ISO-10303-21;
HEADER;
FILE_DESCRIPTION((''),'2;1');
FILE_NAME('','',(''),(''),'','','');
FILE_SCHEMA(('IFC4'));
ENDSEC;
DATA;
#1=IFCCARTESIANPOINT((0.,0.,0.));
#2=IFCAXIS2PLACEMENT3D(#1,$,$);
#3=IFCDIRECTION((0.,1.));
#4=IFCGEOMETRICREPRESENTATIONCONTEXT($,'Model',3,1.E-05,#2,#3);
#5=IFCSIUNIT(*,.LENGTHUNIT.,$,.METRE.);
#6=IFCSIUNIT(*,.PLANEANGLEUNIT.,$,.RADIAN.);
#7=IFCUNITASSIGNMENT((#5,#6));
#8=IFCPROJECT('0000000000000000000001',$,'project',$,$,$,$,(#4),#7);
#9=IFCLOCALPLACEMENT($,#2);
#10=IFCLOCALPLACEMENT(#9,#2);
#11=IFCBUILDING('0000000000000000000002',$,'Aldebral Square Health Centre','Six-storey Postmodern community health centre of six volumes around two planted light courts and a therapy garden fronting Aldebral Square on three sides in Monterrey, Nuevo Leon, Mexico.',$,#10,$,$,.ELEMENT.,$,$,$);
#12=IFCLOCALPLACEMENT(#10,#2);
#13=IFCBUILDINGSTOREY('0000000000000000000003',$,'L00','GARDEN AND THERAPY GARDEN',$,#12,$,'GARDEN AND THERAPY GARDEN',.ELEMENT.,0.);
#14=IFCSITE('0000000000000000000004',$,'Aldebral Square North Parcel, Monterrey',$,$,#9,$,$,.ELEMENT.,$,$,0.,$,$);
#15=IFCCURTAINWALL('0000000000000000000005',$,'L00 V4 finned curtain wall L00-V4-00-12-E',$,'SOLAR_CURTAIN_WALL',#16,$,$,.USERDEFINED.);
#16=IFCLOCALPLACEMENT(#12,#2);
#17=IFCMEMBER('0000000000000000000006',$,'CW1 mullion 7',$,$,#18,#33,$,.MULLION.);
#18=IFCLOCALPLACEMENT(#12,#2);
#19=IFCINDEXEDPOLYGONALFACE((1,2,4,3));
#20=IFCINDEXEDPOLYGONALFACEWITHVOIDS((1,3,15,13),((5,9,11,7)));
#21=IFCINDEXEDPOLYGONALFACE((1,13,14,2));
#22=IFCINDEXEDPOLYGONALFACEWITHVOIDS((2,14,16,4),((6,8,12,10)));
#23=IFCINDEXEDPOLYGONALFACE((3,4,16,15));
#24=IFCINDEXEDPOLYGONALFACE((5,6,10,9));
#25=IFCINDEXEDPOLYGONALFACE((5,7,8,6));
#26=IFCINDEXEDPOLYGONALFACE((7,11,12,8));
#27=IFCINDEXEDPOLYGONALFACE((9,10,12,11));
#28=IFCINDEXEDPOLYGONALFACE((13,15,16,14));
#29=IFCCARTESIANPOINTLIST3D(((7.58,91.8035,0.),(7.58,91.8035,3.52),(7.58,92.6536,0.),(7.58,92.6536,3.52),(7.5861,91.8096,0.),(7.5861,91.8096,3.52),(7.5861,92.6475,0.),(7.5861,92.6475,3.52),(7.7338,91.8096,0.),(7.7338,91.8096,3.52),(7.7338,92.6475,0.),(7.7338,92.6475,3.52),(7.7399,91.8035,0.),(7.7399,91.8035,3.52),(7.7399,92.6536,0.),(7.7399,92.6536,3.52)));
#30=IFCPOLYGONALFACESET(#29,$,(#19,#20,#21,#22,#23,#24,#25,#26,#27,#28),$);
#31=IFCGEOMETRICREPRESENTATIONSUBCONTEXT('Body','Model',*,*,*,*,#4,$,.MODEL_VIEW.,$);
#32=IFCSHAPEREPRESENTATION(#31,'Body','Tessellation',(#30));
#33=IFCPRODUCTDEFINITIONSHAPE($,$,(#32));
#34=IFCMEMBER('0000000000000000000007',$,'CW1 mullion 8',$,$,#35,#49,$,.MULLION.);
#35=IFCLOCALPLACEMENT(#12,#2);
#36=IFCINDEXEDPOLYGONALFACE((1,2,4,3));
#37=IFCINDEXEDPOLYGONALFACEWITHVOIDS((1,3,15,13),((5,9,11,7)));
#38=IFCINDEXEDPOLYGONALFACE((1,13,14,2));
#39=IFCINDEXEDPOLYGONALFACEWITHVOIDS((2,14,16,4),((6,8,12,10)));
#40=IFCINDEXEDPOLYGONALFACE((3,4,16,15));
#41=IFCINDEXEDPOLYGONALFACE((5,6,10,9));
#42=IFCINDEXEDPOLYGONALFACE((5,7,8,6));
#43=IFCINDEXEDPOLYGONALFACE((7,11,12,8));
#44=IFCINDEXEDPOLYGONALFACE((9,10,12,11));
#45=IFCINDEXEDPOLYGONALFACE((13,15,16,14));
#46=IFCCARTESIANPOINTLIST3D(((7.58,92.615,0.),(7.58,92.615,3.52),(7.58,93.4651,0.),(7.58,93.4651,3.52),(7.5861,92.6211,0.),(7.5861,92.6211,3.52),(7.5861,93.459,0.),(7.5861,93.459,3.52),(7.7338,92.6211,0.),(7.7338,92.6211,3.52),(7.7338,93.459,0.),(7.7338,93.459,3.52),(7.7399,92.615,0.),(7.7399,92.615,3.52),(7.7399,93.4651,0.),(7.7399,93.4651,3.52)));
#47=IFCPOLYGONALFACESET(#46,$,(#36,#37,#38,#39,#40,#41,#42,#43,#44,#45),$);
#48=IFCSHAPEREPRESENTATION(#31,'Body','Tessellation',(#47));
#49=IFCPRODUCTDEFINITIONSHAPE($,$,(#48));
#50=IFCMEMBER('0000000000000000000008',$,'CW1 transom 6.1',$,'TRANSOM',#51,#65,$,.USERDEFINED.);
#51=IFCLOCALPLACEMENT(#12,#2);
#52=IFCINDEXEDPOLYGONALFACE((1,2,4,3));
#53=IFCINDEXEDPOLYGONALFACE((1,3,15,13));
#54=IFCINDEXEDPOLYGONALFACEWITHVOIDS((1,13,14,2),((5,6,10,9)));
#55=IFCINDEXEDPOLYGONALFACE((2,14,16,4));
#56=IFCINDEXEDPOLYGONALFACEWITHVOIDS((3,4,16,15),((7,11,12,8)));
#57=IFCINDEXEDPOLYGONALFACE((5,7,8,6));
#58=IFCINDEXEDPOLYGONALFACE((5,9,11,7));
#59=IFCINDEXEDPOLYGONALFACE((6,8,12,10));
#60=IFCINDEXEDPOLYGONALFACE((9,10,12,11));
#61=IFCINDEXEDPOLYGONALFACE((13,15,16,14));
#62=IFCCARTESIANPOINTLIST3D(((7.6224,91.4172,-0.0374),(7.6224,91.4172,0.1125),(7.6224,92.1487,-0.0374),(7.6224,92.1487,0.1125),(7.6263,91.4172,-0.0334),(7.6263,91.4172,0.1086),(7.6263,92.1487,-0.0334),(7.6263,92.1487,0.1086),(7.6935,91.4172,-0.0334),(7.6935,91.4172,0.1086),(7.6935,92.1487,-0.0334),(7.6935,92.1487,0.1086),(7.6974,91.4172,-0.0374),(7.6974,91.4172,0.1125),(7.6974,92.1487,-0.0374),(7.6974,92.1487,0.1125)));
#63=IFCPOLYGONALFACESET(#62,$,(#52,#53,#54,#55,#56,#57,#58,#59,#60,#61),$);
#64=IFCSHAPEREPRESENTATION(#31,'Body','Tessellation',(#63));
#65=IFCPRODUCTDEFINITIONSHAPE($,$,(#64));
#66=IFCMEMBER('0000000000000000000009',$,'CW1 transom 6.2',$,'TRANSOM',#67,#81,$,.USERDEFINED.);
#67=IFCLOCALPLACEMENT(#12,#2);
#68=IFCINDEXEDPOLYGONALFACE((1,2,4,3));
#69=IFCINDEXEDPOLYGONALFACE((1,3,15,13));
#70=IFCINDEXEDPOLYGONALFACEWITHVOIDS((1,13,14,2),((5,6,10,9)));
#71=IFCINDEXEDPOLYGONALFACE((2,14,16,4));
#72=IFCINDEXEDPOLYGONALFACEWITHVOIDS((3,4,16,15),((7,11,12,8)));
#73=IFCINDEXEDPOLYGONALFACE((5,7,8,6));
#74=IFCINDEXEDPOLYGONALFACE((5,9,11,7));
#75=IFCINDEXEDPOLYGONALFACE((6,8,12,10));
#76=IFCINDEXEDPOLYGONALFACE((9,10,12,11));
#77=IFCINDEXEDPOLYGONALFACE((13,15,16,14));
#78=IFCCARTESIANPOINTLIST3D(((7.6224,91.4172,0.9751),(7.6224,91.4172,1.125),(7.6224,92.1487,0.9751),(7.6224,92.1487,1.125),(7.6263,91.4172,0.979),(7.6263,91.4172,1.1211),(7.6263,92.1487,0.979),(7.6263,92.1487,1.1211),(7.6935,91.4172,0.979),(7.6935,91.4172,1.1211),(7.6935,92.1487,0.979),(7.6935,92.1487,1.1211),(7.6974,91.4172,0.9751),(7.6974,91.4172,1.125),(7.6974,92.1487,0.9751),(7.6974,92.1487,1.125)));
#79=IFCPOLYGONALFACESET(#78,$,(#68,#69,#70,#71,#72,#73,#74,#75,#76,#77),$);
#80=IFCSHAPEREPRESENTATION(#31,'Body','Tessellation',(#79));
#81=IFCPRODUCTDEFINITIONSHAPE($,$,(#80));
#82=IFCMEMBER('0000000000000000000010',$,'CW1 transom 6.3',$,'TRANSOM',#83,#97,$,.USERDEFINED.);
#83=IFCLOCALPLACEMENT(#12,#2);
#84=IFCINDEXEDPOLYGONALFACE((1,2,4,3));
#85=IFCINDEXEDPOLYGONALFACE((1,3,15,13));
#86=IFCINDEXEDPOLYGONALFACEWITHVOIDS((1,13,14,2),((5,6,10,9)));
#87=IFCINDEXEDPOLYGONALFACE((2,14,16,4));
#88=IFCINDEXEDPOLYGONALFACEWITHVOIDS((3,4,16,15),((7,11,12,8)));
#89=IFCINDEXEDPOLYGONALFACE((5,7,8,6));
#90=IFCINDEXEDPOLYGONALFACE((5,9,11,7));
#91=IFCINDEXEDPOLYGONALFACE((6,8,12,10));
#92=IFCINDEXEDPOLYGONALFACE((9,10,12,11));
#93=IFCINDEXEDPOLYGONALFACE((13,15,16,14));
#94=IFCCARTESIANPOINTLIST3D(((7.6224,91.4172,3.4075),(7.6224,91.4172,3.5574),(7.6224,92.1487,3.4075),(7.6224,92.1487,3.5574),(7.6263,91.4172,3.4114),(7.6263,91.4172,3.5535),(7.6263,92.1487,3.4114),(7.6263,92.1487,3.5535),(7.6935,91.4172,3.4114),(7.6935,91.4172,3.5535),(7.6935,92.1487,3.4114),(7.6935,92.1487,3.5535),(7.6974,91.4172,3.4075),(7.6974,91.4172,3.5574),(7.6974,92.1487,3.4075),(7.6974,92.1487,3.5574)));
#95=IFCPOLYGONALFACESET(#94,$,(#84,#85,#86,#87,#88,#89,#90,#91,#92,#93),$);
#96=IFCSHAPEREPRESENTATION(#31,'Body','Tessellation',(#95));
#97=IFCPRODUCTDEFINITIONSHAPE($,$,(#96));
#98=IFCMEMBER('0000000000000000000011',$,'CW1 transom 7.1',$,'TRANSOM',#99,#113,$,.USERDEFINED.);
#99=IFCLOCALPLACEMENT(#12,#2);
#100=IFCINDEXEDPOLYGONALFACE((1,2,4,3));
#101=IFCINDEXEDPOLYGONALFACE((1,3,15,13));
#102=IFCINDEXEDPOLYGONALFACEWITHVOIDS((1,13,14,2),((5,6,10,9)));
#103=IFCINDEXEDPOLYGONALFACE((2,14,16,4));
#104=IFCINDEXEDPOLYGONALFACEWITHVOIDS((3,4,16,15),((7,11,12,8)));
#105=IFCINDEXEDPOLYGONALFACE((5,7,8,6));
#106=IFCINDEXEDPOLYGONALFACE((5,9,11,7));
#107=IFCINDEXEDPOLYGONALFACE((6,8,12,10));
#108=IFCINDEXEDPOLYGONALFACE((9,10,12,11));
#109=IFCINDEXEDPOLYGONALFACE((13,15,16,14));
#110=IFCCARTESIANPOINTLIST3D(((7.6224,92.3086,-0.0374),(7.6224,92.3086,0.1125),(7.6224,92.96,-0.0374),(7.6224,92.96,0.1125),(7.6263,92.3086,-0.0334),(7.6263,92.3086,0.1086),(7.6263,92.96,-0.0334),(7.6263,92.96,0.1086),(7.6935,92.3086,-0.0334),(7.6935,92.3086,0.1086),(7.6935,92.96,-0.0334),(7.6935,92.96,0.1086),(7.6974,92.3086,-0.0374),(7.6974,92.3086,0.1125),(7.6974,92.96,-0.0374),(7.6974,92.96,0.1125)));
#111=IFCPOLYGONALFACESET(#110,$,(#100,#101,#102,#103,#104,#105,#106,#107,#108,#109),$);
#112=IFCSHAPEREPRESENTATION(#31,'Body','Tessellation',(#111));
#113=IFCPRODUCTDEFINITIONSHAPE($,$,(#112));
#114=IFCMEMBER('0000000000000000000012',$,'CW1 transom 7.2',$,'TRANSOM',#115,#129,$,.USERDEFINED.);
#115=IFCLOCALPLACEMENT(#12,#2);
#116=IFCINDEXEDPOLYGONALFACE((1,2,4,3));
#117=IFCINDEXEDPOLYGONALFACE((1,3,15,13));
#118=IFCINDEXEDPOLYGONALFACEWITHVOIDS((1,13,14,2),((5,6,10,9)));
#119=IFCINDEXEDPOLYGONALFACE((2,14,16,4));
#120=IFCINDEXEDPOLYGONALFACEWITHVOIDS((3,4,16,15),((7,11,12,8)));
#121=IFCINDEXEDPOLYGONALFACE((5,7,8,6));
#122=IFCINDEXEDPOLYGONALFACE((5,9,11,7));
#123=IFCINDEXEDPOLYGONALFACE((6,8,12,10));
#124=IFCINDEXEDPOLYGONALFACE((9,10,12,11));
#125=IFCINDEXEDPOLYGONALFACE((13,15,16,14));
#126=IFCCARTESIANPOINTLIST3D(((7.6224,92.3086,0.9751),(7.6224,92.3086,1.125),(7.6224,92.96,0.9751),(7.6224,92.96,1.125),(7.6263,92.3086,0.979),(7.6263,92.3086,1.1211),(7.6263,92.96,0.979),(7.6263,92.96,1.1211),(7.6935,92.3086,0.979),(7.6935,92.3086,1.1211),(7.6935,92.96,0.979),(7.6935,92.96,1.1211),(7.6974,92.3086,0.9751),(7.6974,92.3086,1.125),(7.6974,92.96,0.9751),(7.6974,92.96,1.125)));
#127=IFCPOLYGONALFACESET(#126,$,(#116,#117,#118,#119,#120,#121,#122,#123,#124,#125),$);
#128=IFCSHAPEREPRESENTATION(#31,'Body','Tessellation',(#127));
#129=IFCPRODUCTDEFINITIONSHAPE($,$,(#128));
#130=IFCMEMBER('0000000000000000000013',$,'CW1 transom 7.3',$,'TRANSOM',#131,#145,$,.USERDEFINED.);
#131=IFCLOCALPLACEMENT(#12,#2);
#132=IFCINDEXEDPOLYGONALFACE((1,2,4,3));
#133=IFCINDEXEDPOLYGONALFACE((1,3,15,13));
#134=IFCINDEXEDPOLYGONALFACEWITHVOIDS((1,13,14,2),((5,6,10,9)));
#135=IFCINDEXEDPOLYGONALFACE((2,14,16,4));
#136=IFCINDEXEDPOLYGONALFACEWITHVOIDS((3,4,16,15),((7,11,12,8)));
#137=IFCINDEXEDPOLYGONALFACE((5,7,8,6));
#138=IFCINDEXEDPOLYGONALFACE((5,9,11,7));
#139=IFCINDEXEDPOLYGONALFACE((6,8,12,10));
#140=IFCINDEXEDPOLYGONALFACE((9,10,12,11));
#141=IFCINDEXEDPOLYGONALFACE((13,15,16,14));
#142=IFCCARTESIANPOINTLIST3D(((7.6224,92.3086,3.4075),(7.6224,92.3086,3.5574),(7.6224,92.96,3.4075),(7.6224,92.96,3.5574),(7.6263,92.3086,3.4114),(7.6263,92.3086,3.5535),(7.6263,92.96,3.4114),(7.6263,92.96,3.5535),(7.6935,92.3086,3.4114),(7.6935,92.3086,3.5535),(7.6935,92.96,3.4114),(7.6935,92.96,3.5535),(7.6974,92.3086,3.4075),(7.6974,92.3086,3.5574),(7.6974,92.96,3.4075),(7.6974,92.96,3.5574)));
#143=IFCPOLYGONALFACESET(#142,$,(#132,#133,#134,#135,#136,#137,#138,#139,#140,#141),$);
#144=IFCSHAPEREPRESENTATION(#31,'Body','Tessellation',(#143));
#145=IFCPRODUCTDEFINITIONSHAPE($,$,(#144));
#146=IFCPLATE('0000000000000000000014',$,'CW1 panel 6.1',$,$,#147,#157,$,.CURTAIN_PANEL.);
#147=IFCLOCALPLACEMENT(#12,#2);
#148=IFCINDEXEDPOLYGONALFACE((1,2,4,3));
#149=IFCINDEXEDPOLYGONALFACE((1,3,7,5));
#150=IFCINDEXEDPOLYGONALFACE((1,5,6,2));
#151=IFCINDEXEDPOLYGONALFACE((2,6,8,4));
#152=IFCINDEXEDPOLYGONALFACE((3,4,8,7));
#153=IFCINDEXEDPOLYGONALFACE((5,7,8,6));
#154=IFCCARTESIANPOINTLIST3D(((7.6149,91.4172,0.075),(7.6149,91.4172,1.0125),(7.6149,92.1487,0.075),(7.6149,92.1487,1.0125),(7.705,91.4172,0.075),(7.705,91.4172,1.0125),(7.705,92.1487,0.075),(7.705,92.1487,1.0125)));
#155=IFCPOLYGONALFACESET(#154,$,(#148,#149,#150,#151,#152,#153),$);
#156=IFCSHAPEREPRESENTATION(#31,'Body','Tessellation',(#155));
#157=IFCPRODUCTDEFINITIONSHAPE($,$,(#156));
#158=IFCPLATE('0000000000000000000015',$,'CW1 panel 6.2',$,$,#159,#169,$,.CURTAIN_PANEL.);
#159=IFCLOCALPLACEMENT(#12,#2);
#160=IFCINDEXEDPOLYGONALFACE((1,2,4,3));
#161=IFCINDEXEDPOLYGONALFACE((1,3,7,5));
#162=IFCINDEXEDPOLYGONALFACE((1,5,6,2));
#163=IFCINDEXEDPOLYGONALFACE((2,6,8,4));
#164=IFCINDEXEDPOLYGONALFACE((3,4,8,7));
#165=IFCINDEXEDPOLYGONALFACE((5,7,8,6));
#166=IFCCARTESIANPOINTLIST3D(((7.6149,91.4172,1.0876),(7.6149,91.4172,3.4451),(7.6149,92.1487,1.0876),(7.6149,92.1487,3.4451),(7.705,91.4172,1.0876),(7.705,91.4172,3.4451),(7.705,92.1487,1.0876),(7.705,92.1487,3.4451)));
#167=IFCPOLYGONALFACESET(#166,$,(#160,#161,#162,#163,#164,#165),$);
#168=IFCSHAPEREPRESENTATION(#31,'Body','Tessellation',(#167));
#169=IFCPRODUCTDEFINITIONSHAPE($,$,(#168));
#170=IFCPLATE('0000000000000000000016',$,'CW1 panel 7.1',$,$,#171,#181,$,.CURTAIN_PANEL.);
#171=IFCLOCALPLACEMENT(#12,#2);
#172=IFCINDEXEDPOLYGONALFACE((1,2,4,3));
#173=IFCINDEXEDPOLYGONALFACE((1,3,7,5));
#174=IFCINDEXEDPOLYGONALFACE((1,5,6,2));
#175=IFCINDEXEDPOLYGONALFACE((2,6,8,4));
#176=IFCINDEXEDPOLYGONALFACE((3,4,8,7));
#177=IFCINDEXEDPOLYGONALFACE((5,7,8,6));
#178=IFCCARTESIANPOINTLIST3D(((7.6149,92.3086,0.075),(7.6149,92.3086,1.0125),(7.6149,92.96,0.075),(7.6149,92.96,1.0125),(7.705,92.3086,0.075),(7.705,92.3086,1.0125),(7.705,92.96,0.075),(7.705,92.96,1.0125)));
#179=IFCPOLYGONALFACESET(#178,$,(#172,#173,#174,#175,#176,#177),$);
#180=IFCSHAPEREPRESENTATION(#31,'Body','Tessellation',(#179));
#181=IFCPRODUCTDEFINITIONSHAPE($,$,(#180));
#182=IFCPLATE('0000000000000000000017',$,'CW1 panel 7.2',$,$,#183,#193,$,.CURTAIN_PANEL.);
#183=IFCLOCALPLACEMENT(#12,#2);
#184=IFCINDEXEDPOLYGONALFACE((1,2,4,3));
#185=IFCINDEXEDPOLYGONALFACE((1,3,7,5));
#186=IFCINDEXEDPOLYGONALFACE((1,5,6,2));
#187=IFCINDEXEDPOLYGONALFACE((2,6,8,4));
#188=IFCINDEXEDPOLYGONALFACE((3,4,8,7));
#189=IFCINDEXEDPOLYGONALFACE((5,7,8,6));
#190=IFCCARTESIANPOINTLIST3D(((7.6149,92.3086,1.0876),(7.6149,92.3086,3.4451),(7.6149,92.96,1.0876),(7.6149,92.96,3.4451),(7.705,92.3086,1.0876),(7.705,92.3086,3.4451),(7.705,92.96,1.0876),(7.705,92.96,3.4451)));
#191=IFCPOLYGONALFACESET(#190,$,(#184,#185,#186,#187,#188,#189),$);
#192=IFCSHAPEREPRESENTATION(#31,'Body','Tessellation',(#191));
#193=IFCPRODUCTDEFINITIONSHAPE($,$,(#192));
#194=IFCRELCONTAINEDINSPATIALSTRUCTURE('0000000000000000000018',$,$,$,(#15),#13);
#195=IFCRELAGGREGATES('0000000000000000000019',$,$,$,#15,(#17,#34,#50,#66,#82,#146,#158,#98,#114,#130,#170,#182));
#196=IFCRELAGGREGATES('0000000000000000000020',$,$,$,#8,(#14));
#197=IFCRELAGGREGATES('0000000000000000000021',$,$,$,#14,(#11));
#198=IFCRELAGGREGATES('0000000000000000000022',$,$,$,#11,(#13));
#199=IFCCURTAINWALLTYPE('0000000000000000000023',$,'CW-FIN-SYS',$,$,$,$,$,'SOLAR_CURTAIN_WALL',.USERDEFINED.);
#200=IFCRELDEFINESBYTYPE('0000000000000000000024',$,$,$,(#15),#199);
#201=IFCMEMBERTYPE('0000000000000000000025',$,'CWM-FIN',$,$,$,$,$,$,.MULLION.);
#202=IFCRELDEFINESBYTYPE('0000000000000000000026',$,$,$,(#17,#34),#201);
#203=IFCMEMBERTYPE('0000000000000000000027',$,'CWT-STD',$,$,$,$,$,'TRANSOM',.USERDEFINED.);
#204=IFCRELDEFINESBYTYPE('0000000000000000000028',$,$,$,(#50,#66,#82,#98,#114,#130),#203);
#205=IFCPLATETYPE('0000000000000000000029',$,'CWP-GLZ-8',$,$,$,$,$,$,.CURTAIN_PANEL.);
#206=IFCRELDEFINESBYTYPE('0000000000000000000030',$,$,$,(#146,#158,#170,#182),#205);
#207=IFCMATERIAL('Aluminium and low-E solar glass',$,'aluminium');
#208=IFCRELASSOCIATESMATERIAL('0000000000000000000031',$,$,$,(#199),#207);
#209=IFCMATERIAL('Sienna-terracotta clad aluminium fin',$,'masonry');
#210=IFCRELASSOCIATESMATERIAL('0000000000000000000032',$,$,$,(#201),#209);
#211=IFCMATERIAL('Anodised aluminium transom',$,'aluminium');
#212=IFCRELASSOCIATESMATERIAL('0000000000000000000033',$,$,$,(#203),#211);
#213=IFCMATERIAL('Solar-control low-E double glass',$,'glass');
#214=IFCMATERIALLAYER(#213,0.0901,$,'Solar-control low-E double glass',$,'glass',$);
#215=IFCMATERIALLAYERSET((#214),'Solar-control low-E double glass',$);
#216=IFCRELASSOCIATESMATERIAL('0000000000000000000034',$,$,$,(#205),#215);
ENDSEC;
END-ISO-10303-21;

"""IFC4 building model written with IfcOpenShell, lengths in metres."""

from ifc_helpers import new_model, si_unit, direction, frame, origin, origin_2d, place, context, subcontext, project, spatial, rectangle, hollow_rectangle, extrude, material, layer, layer_set, material_profile, profile_set, type_object, element, aggregate, save


model = new_model("IFC4")

# Units and contexts
model_context = context("Model", 3, precision=1e-05, world=origin(), true_north=direction((0.0, 1.0)))
body_context = subcontext(model_context, "Body", "Model", "MODEL_VIEW")
ifc_project = project(units=[si_unit("LENGTHUNIT", "METRE"), si_unit("PLANEANGLEUNIT", "RADIAN")], contexts=[model_context])

# Site, building, storey
site_placement = place(None, origin())
site = spatial("IfcSite", under=ifc_project, at=site_placement, Name="Aldebral Square North Parcel, Monterrey", CompositionType="ELEMENT", RefElevation=0.0)
building_placement = place(site_placement, origin())
building = spatial("IfcBuilding", under=site, at=building_placement, Name="Aldebral Square Health Centre", Description="Six-storey Postmodern community health centre of six volumes around two planted light courts and a therapy garden fronting Aldebral Square on three sides in Monterrey, Nuevo Leon, Mexico.", CompositionType="ELEMENT")
storey_placement = place(building_placement, origin())
storey = spatial("IfcBuildingStorey", under=building, at=storey_placement, Name="L00", Description="GARDEN AND THERAPY GARDEN", LongName="GARDEN AND THERAPY GARDEN", CompositionType="ELEMENT", Elevation=0.0)

# Curtain wall, members, plates
ifc_material_1 = material(Name="Aluminium and low-E solar glass", Category="aluminium")
curtain_wall_type = type_object("IfcCurtainWallType", Name="CW-FIN-SYS", ElementType="SOLAR_CURTAIN_WALL", PredefinedType="USERDEFINED", material=ifc_material_1)
curtain_wall_placement = place(storey_placement, origin())
curtain_wall = element("IfcCurtainWall", 1, at=curtain_wall_placement, inside=storey, type_object=curtain_wall_type, Name="L00 V4 finned curtain wall L00-V4-00-12-E", ObjectType="SOLAR_CURTAIN_WALL", PredefinedType="USERDEFINED")
ifc_material_2 = material(Name="Sienna-terracotta clad aluminium fin", Category="masonry")
ifc_material_profile_1 = material_profile(ifc_material_2, hollow_rectangle(XDim=0.1599, YDim=0.8501, WallThickness=0.0061, at=origin_2d()), Name="FIN 160x850x6")
ifc_profile_set_1 = profile_set([ifc_material_profile_1], Name="Sienna-terracotta clad aluminium fin")
member_type_1 = type_object("IfcMemberType", Name="CWM-FIN", PredefinedType="MULLION", material=ifc_profile_set_1)
member_1_placement = place(storey_placement, frame((7.6599, 92.2285, 0.0), z_axis=(0.0, 0.0, 1.0), x_axis=(-1.0, 0.0, 0.0)))
member_1 = element("IfcMember", 2, at=member_1_placement, type_object=member_type_1, Name="CW1 mullion 7", PredefinedType="MULLION", context=body_context, shape_type="SweptSolid", body=[
    extrude(hollow_rectangle(XDim=0.1599, YDim=0.8501, WallThickness=0.0061, at=origin_2d()), origin(), (0.0, 0.0, 1.0), 3.52),
])
member_2_placement = place(storey_placement, frame((7.6599, 93.04, 0.0), z_axis=(0.0, 0.0, 1.0), x_axis=(-1.0, 0.0, 0.0)))
member_2 = element("IfcMember", 3, at=member_2_placement, type_object=member_type_1, Name="CW1 mullion 8", PredefinedType="MULLION", context=body_context, shape_type="SweptSolid", body=[
    extrude(hollow_rectangle(XDim=0.1599, YDim=0.8501, WallThickness=0.0061, at=origin_2d()), origin(), (0.0, 0.0, 1.0), 3.52),
])
ifc_material_3 = material(Name="Anodised aluminium transom", Category="aluminium")
ifc_material_profile_2 = material_profile(ifc_material_3, hollow_rectangle(XDim=0.075, YDim=0.1499, WallThickness=0.0039, at=origin_2d()), Name="CWT 75x150x4")
ifc_profile_set_2 = profile_set([ifc_material_profile_2], Name="Anodised aluminium transom")
member_type_2 = type_object("IfcMemberType", Name="CWT-STD", ElementType="TRANSOM", PredefinedType="USERDEFINED", material=ifc_profile_set_2)
member_3_placement = place(storey_placement, frame((7.6599, 91.4172, 0.0376), z_axis=(0.0, 1.0, 0.0), x_axis=(-1.0, 0.0, 0.0)))
member_3 = element("IfcMember", 4, at=member_3_placement, type_object=member_type_2, Name="CW1 transom 6.1", ObjectType="TRANSOM", PredefinedType="USERDEFINED", context=body_context, shape_type="SweptSolid", body=[
    extrude(hollow_rectangle(XDim=0.075, YDim=0.1499, WallThickness=0.0039, at=origin_2d()), origin(), (0.0, 0.0, 1.0), 0.7314),
])
member_4_placement = place(storey_placement, frame((7.6599, 91.4172, 1.05), z_axis=(0.0, 1.0, 0.0), x_axis=(-1.0, 0.0, 0.0)))
member_4 = element("IfcMember", 5, at=member_4_placement, type_object=member_type_2, Name="CW1 transom 6.2", ObjectType="TRANSOM", PredefinedType="USERDEFINED", context=body_context, shape_type="SweptSolid", body=[
    extrude(hollow_rectangle(XDim=0.075, YDim=0.1499, WallThickness=0.0039, at=origin_2d()), origin(), (0.0, 0.0, 1.0), 0.7314),
])
member_5_placement = place(storey_placement, frame((7.6599, 91.4172, 3.4824), z_axis=(0.0, 1.0, 0.0), x_axis=(-1.0, 0.0, 0.0)))
member_5 = element("IfcMember", 6, at=member_5_placement, type_object=member_type_2, Name="CW1 transom 6.3", ObjectType="TRANSOM", PredefinedType="USERDEFINED", context=body_context, shape_type="SweptSolid", body=[
    extrude(hollow_rectangle(XDim=0.075, YDim=0.1499, WallThickness=0.0039, at=origin_2d()), origin(), (0.0, 0.0, 1.0), 0.7314),
])
member_6_placement = place(storey_placement, frame((7.6599, 92.3086, 0.0376), z_axis=(0.0, 1.0, 0.0), x_axis=(-1.0, 0.0, 0.0)))
member_6 = element("IfcMember", 7, at=member_6_placement, type_object=member_type_2, Name="CW1 transom 7.1", ObjectType="TRANSOM", PredefinedType="USERDEFINED", context=body_context, shape_type="SweptSolid", body=[
    extrude(hollow_rectangle(XDim=0.075, YDim=0.1499, WallThickness=0.0039, at=origin_2d()), origin(), (0.0, 0.0, 1.0), 0.6514),
])
member_7_placement = place(storey_placement, frame((7.6599, 92.3086, 1.05), z_axis=(0.0, 1.0, 0.0), x_axis=(-1.0, 0.0, 0.0)))
member_7 = element("IfcMember", 8, at=member_7_placement, type_object=member_type_2, Name="CW1 transom 7.2", ObjectType="TRANSOM", PredefinedType="USERDEFINED", context=body_context, shape_type="SweptSolid", body=[
    extrude(hollow_rectangle(XDim=0.075, YDim=0.1499, WallThickness=0.0039, at=origin_2d()), origin(), (0.0, 0.0, 1.0), 0.6514),
])
member_8_placement = place(storey_placement, frame((7.6599, 92.3086, 3.4824), z_axis=(0.0, 1.0, 0.0), x_axis=(-1.0, 0.0, 0.0)))
member_8 = element("IfcMember", 9, at=member_8_placement, type_object=member_type_2, Name="CW1 transom 7.3", ObjectType="TRANSOM", PredefinedType="USERDEFINED", context=body_context, shape_type="SweptSolid", body=[
    extrude(hollow_rectangle(XDim=0.075, YDim=0.1499, WallThickness=0.0039, at=origin_2d()), origin(), (0.0, 0.0, 1.0), 0.6514),
])
ifc_material_4 = material(Name="Solar-control low-E double glass", Category="glass")
ifc_layer_1 = layer(ifc_material_4, 0.0901, Name="Solar-control low-E double glass", Category="glass")
ifc_layer_set_1 = layer_set([ifc_layer_1], Name="Solar-control low-E double glass")
plate_type = type_object("IfcPlateType", Name="CWP-GLZ-8", PredefinedType="CURTAIN_PANEL", material=ifc_layer_set_1)
plate_1_placement = place(storey_placement, frame((7.6599, 91.783, 0.075), z_axis=(0.0, 0.0, 1.0), x_axis=(0.0, 1.0, 0.0)))
plate_1 = element("IfcPlate", 10, at=plate_1_placement, type_object=plate_type, Name="CW1 panel 6.1", PredefinedType="CURTAIN_PANEL", context=body_context, shape_type="SweptSolid", body=[
    extrude(rectangle(XDim=0.7314, YDim=0.0901, at=origin_2d()), origin(), (0.0, 0.0, 1.0), 0.9375),
])
plate_2_placement = place(storey_placement, frame((7.6599, 91.783, 1.0876), z_axis=(0.0, 0.0, 1.0), x_axis=(0.0, 1.0, 0.0)))
plate_2 = element("IfcPlate", 11, at=plate_2_placement, type_object=plate_type, Name="CW1 panel 6.2", PredefinedType="CURTAIN_PANEL", context=body_context, shape_type="SweptSolid", body=[
    extrude(rectangle(XDim=0.7314, YDim=0.0901, at=origin_2d()), origin(), (0.0, 0.0, 1.0), 2.3574),
])
plate_3_placement = place(storey_placement, frame((7.6599, 92.6343, 0.075), z_axis=(0.0, 0.0, 1.0), x_axis=(0.0, 1.0, 0.0)))
plate_3 = element("IfcPlate", 12, at=plate_3_placement, type_object=plate_type, Name="CW1 panel 7.1", PredefinedType="CURTAIN_PANEL", context=body_context, shape_type="SweptSolid", body=[
    extrude(rectangle(XDim=0.6514, YDim=0.0901, at=origin_2d()), origin(), (0.0, 0.0, 1.0), 0.9375),
])
plate_4_placement = place(storey_placement, frame((7.6599, 92.6343, 1.0876), z_axis=(0.0, 0.0, 1.0), x_axis=(0.0, 1.0, 0.0)))
plate_4 = element("IfcPlate", 13, at=plate_4_placement, type_object=plate_type, Name="CW1 panel 7.2", PredefinedType="CURTAIN_PANEL", context=body_context, shape_type="SweptSolid", body=[
    extrude(rectangle(XDim=0.6514, YDim=0.0901, at=origin_2d()), origin(), (0.0, 0.0, 1.0), 2.3574),
])
aggregate(curtain_wall, [member_1, member_2, member_3, member_4, member_5, plate_1, plate_2, member_6, member_7, member_8, plate_3, plate_4])

save(model, "model.ifc")
